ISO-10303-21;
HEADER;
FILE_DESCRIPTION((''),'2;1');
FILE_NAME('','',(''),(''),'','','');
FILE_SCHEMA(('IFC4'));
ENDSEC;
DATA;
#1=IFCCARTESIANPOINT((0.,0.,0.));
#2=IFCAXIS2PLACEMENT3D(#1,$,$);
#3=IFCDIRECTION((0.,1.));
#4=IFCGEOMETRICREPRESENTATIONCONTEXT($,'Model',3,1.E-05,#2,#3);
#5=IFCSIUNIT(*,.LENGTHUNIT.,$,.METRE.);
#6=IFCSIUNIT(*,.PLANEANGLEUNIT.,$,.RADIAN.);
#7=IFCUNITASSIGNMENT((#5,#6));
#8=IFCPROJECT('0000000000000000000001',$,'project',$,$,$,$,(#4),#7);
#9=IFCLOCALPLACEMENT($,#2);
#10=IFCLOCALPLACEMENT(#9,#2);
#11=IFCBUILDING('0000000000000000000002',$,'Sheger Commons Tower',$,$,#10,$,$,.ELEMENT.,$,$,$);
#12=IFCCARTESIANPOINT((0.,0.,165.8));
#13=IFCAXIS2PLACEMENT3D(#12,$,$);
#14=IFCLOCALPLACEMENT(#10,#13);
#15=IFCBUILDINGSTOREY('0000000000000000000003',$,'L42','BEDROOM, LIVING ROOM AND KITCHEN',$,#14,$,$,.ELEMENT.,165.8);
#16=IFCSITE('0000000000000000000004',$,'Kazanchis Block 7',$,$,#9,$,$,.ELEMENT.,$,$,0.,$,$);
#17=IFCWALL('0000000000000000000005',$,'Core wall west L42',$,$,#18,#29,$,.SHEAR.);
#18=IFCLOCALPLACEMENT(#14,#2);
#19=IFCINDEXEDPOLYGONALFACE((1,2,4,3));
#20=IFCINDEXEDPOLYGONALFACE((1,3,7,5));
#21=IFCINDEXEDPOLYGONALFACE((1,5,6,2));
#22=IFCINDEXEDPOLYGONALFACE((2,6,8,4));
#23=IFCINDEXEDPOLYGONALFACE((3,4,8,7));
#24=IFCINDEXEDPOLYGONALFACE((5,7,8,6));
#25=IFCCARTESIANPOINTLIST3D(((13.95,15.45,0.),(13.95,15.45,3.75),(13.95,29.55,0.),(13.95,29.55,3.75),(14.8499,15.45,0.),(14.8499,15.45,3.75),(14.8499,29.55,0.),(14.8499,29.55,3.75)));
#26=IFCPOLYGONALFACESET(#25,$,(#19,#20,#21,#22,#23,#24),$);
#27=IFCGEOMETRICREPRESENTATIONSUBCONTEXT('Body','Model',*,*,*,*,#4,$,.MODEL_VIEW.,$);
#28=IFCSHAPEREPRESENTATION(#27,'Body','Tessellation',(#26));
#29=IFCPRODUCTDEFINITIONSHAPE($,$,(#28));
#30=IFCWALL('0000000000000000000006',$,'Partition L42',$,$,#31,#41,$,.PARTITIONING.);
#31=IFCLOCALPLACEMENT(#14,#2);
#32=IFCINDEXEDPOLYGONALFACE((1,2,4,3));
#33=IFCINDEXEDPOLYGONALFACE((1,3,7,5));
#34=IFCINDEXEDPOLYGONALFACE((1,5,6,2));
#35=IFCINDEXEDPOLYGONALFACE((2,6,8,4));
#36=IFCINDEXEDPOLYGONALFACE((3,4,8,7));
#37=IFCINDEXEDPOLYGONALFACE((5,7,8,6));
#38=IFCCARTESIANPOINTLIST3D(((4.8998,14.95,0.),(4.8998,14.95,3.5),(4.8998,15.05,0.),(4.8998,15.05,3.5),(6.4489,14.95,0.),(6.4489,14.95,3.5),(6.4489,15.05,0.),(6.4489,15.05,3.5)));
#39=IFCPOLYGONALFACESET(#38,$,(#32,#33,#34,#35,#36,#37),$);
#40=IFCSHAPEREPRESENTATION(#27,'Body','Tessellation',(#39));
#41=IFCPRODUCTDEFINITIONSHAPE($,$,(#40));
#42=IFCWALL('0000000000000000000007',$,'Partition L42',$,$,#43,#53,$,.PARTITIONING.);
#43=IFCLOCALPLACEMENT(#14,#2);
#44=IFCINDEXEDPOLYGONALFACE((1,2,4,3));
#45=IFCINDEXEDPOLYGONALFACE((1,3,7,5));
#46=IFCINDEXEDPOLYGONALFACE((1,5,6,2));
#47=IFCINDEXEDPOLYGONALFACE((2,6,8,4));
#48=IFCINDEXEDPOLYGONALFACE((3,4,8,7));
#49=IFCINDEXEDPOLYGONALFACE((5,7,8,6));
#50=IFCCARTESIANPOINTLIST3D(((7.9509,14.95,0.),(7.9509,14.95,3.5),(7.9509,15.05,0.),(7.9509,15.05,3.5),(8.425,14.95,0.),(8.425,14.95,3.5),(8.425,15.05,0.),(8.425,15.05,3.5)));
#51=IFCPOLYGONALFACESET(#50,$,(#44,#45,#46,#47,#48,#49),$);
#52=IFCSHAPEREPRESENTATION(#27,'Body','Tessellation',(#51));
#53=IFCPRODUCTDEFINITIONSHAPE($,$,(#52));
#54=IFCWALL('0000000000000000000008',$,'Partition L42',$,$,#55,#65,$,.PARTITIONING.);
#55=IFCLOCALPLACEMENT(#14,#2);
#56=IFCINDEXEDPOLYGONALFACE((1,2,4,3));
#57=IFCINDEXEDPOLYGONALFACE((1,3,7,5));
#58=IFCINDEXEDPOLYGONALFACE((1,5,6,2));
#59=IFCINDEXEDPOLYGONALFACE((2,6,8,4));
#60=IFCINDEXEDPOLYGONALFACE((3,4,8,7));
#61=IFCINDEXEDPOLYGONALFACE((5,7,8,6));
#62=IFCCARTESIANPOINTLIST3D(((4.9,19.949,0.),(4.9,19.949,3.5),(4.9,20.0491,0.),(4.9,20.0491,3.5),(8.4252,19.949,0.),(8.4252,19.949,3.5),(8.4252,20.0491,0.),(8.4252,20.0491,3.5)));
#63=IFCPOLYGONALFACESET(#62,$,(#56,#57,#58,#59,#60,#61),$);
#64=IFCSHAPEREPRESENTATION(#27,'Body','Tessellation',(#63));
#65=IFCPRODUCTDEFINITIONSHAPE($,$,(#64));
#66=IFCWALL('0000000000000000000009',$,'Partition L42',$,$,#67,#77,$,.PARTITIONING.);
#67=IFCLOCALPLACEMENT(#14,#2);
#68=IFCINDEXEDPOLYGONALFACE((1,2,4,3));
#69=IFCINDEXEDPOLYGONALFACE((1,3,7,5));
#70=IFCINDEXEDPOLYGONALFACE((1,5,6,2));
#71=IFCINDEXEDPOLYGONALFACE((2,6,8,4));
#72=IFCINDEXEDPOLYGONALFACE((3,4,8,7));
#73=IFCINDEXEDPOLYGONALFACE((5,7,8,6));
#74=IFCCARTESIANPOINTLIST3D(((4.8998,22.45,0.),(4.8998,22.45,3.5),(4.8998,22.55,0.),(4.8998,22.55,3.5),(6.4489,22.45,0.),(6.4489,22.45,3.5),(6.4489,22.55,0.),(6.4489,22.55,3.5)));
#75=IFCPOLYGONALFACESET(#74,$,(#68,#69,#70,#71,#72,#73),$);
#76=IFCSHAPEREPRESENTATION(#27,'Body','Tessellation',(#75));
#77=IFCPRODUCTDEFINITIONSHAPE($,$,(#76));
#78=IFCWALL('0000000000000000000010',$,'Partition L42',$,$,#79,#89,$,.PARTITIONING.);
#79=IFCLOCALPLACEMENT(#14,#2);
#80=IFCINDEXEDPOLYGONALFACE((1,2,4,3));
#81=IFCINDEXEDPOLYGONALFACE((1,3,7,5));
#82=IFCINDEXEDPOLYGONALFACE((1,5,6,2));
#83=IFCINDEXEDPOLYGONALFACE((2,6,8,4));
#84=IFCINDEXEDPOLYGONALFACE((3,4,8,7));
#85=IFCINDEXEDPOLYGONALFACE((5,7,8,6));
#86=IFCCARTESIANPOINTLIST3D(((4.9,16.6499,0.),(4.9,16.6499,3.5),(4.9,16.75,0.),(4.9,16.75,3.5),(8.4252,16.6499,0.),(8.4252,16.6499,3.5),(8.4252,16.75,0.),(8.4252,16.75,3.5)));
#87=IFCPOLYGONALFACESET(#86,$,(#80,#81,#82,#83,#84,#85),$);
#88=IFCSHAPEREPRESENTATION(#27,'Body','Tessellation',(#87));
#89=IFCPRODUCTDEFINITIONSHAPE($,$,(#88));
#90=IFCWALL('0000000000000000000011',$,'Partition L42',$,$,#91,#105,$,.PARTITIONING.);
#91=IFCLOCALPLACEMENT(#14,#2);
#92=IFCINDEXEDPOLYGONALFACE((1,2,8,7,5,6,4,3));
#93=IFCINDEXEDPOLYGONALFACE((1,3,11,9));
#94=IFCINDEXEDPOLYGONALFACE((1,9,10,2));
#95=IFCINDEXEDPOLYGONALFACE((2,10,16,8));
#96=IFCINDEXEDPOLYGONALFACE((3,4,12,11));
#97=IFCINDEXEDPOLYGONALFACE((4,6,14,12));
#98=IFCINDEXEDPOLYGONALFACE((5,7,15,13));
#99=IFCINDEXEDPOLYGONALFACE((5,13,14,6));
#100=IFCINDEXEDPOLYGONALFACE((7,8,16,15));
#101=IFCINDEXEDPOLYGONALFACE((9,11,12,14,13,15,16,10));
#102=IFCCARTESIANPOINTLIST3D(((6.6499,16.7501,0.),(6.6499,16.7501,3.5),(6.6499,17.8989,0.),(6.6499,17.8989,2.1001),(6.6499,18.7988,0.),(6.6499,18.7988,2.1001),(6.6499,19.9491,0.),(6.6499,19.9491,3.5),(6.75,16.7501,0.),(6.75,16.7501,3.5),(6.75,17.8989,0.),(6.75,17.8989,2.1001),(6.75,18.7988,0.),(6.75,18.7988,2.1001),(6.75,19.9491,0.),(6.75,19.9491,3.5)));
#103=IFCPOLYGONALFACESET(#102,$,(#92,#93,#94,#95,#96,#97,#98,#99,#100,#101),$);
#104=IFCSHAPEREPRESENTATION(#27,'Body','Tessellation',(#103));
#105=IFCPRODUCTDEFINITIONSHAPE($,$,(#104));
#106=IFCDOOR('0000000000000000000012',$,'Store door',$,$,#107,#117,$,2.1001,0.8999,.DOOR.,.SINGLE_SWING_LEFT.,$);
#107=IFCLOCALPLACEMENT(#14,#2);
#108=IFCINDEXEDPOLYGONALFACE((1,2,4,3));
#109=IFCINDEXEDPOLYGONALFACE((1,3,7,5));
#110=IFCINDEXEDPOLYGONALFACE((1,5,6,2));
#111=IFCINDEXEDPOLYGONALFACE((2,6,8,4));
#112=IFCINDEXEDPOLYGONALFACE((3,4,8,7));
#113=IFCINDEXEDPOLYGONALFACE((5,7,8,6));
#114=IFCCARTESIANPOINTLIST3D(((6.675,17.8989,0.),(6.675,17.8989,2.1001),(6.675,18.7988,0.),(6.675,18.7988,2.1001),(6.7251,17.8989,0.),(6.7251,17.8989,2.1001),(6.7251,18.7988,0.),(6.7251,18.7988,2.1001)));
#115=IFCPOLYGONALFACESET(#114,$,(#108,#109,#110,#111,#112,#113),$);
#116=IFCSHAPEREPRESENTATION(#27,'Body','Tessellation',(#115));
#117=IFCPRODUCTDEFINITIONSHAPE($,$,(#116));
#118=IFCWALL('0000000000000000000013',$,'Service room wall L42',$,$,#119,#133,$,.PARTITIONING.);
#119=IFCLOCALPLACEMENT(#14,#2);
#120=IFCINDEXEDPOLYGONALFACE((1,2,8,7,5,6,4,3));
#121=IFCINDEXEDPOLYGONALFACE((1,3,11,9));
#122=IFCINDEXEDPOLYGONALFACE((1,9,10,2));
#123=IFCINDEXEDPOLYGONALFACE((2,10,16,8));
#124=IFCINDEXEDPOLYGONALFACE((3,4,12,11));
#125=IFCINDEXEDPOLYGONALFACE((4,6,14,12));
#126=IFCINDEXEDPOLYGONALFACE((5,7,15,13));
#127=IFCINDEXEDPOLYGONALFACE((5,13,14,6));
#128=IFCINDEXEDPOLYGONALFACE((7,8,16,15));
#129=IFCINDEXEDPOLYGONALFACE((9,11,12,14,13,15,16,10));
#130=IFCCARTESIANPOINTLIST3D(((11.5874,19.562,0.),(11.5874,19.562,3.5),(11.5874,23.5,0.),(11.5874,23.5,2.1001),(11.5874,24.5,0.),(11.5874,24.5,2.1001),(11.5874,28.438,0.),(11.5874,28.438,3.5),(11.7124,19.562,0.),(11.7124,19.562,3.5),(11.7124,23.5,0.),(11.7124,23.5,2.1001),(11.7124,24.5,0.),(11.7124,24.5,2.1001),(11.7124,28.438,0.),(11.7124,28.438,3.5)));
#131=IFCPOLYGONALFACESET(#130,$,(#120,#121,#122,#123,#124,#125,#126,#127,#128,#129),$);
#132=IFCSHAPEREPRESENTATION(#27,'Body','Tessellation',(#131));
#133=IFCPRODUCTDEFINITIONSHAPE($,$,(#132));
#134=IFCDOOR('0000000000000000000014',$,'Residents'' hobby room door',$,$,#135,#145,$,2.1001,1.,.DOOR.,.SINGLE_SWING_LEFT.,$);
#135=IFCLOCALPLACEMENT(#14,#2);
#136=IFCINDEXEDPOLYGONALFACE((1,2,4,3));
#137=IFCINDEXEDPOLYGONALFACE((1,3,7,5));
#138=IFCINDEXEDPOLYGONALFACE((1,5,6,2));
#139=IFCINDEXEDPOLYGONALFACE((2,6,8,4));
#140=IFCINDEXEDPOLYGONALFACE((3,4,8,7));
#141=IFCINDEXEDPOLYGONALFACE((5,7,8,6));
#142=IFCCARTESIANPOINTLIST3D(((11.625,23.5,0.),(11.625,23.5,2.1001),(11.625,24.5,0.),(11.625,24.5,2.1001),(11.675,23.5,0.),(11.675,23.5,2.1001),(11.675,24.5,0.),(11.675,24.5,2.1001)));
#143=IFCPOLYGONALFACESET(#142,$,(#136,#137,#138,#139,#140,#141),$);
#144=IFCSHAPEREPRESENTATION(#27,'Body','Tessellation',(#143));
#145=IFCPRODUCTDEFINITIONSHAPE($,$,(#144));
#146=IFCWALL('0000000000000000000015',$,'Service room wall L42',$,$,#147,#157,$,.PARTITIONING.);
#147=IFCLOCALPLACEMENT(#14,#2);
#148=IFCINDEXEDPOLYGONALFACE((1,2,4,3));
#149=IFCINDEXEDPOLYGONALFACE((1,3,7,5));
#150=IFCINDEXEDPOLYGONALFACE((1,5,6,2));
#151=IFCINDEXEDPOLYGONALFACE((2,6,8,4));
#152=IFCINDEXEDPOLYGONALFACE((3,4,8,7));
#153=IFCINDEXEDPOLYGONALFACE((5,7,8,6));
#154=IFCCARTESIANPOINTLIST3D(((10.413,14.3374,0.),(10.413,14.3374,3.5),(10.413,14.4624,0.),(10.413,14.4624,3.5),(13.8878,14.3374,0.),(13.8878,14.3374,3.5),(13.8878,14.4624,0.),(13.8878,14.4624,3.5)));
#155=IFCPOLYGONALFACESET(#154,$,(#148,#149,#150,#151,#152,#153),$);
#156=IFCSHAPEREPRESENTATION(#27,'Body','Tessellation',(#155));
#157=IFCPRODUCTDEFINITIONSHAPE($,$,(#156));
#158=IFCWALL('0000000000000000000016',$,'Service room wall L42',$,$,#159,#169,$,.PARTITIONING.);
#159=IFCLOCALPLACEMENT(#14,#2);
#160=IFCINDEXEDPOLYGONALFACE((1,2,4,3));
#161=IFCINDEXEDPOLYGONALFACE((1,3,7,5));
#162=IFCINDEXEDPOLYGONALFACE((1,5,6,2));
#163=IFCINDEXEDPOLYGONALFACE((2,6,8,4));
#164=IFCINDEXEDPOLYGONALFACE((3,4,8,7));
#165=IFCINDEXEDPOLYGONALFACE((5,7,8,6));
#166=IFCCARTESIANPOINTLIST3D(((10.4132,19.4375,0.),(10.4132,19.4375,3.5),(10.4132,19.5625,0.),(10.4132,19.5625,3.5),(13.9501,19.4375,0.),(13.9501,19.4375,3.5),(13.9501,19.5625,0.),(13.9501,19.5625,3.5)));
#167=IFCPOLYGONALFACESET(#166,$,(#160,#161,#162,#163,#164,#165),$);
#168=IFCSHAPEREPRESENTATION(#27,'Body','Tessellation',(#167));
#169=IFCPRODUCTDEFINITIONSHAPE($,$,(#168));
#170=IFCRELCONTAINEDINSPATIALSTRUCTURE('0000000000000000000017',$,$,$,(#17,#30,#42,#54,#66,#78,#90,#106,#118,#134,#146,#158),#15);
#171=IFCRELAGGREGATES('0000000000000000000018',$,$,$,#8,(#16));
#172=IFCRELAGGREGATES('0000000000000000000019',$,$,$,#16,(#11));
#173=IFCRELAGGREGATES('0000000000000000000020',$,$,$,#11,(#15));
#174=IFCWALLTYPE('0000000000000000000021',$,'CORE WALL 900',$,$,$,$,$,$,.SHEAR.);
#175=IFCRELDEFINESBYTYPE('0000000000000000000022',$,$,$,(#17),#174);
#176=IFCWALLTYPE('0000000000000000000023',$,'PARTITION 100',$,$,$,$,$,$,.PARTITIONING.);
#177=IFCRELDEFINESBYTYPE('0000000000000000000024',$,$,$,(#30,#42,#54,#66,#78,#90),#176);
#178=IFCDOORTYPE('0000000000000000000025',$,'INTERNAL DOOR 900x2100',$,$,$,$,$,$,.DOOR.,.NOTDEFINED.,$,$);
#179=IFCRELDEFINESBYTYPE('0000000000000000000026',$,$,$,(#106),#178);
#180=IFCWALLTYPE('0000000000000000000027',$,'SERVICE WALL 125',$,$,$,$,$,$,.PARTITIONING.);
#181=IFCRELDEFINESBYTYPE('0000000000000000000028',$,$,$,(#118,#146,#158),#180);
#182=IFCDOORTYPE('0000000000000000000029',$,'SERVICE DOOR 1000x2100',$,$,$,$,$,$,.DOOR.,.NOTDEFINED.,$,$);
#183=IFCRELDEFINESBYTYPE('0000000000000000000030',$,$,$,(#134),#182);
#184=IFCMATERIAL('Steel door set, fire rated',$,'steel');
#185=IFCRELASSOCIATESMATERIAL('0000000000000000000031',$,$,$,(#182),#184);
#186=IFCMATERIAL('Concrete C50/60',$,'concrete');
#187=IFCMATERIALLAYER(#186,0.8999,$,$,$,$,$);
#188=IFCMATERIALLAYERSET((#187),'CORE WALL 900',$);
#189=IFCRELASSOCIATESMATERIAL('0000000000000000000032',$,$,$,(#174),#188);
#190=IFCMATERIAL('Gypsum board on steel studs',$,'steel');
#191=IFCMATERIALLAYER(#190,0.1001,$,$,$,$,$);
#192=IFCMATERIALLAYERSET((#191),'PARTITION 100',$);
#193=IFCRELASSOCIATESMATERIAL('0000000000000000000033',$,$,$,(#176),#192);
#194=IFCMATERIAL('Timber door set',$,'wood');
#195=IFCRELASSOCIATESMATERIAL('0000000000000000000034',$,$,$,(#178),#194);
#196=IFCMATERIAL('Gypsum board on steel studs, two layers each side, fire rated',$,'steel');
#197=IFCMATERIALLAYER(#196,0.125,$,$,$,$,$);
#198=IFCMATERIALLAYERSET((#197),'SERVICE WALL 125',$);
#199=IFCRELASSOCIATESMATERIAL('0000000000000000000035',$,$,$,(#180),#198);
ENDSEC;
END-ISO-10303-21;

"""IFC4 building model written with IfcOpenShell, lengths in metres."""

from ifc_helpers import new_model, si_unit, direction, frame, frame_2d, origin, place, context, subcontext, project, spatial, rectangle, extrude, material, layer, layer_set, type_object, element, fill, save


model = new_model("IFC4")

# Units and contexts
model_context = context("Model", 3, precision=1e-05, world=origin(), true_north=direction((0.0, 1.0)))
body_context = subcontext(model_context, "Body", "Model", "MODEL_VIEW")
ifc_project = project(units=[si_unit("LENGTHUNIT", "METRE"), si_unit("PLANEANGLEUNIT", "RADIAN")], contexts=[model_context])

# Site, building, storey
site_placement = place(None, origin())
site = spatial("IfcSite", under=ifc_project, at=site_placement, Name="Kazanchis Block 7", CompositionType="ELEMENT", RefElevation=0.0)
building_placement = place(site_placement, origin())
building = spatial("IfcBuilding", under=site, at=building_placement, Name="Sheger Commons Tower", CompositionType="ELEMENT")
storey_placement = place(building_placement, frame((0.0, 0.0, 165.8)))
storey = spatial("IfcBuildingStorey", under=building, at=storey_placement, Name="L42", Description="BEDROOM, LIVING ROOM AND KITCHEN", CompositionType="ELEMENT", Elevation=165.8)

# Shared definitions
ifc_material_1 = material(Name="Steel door set, fire rated", Category="steel")
door_type_1 = type_object("IfcDoorType", Name="SERVICE DOOR 1000x2100", OperationType="NOTDEFINED", PredefinedType="DOOR", material=ifc_material_1)
ifc_material_2 = material(Name="Concrete C50/60", Category="concrete")
ifc_layer_1 = layer(ifc_material_2, 0.8999)
ifc_layer_set_1 = layer_set([ifc_layer_1], Name="CORE WALL 900")
wall_type_1 = type_object("IfcWallType", Name="CORE WALL 900", PredefinedType="SHEAR", material=ifc_layer_set_1)

# Walls
wall_1_placement = place(storey_placement, frame((14.3999, 15.45, 0.0), z_axis=(0.0, 0.0, 1.0), x_axis=(0.0, 1.0, 0.0)))
element("IfcWall", 1, at=wall_1_placement, inside=storey, type_object=wall_type_1, Name="Core wall west L42", PredefinedType="SHEAR", context=body_context, shape_type="SweptSolid", body=[
    extrude(rectangle(XDim=14.1001, YDim=0.8999, at=frame_2d((7.05, 0.0))), origin(), (0.0, 0.0, 1.0), 3.75),
])
ifc_material_3 = material(Name="Gypsum board on steel studs", Category="steel")
ifc_layer_2 = layer(ifc_material_3, 0.1001)
ifc_layer_set_2 = layer_set([ifc_layer_2], Name="PARTITION 100")
wall_type_2 = type_object("IfcWallType", Name="PARTITION 100", PredefinedType="PARTITIONING", material=ifc_layer_set_2)
wall_2_placement = place(storey_placement, frame((4.8999, 15.0, 0.0), z_axis=(0.0, 0.0, 1.0), x_axis=(1.0, 0.0, 0.0)))
element("IfcWall", 2, at=wall_2_placement, inside=storey, type_object=wall_type_2, Name="Partition L42", PredefinedType="PARTITIONING", context=body_context, shape_type="SweptSolid", body=[
    extrude(rectangle(XDim=1.5491, YDim=0.1001, at=frame_2d((0.7744, 0.0))), origin(), (0.0, 0.0, 1.0), 3.5),
])
wall_3_placement = place(storey_placement, frame((7.9509, 15.0, 0.0), z_axis=(0.0, 0.0, 1.0), x_axis=(1.0, 0.0, 0.0)))
element("IfcWall", 3, at=wall_3_placement, inside=storey, type_object=wall_type_2, Name="Partition L42", PredefinedType="PARTITIONING", context=body_context, shape_type="SweptSolid", body=[
    extrude(rectangle(XDim=0.4741, YDim=0.1001, at=frame_2d((0.2371, 0.0))), origin(), (0.0, 0.0, 1.0), 3.5),
])
wall_4_placement = place(storey_placement, frame((4.8999, 19.999, 0.0), z_axis=(0.0, 0.0, 1.0), x_axis=(1.0, 0.0, 0.0)))
element("IfcWall", 4, at=wall_4_placement, inside=storey, type_object=wall_type_2, Name="Partition L42", PredefinedType="PARTITIONING", context=body_context, shape_type="SweptSolid", body=[
    extrude(rectangle(XDim=3.5251, YDim=0.1001, at=frame_2d((1.7627, 0.0))), origin(), (0.0, 0.0, 1.0), 3.5),
])
wall_5_placement = place(storey_placement, frame((4.8999, 22.5, 0.0), z_axis=(0.0, 0.0, 1.0), x_axis=(1.0, 0.0, 0.0)))
element("IfcWall", 5, at=wall_5_placement, inside=storey, type_object=wall_type_2, Name="Partition L42", PredefinedType="PARTITIONING", context=body_context, shape_type="SweptSolid", body=[
    extrude(rectangle(XDim=1.5491, YDim=0.1001, at=frame_2d((0.7744, 0.0))), origin(), (0.0, 0.0, 1.0), 3.5),
])
wall_6_placement = place(storey_placement, frame((4.8999, 16.7, 0.0), z_axis=(0.0, 0.0, 1.0), x_axis=(1.0, 0.0, 0.0)))
element("IfcWall", 6, at=wall_6_placement, inside=storey, type_object=wall_type_2, Name="Partition L42", PredefinedType="PARTITIONING", context=body_context, shape_type="SweptSolid", body=[
    extrude(rectangle(XDim=3.5251, YDim=0.1001, at=frame_2d((1.7627, 0.0))), origin(), (0.0, 0.0, 1.0), 3.5),
])

# Walls, openings, doors
wall_7_placement = place(storey_placement, frame((6.7, 16.75, 0.0), z_axis=(0.0, 0.0, 1.0), x_axis=(0.0, 1.0, 0.0)))
wall_7 = element("IfcWall", 7, at=wall_7_placement, inside=storey, type_object=wall_type_2, Name="Partition L42", PredefinedType="PARTITIONING", context=body_context, shape_type="SweptSolid", body=[
    extrude(rectangle(XDim=3.199, YDim=0.1001, at=frame_2d((1.5996, 0.0))), origin(), (0.0, 0.0, 1.0), 3.5),
])
opening_1_placement = place(wall_7_placement, frame((1.1489, 0.0, 0.0)))
opening_1 = element("IfcOpeningElement", 8, at=opening_1_placement, cuts=wall_7, PredefinedType="OPENING", context=body_context, shape_type="SweptSolid", body=[
    extrude(rectangle(XDim=0.8999, YDim=2.1001, at=frame_2d((0.45, 1.05))), frame((0.0, 0.0601, 0.0), z_axis=(0.0, -1.0, 0.0), x_axis=(1.0, 0.0, 0.0)), (0.0, 0.0, 1.0), 0.1201),
])
ifc_material_4 = material(Name="Timber door set", Category="wood")
door_type_2 = type_object("IfcDoorType", Name="INTERNAL DOOR 900x2100", OperationType="NOTDEFINED", PredefinedType="DOOR", material=ifc_material_4)
door_1_placement = place(opening_1_placement, origin())
door_1 = element("IfcDoor", 9, at=door_1_placement, inside=storey, type_object=door_type_2, Name="Store door", OperationType="SINGLE_SWING_LEFT", OverallHeight=2.1001, OverallWidth=0.8999, PredefinedType="DOOR", context=body_context, shape_type="SweptSolid", body=[
    extrude(rectangle(XDim=0.8999, YDim=2.1001, at=frame_2d((0.45, 1.05))), frame((0.0, 0.0249, 0.0), z_axis=(0.0, -1.0, 0.0), x_axis=(1.0, 0.0, 0.0)), (0.0, 0.0, 1.0), 0.05),
])
fill(opening_1, door_1)
ifc_material_5 = material(Name="Gypsum board on steel studs, two layers each side, fire rated", Category="steel")
ifc_layer_3 = layer(ifc_material_5, 0.125)
ifc_layer_set_3 = layer_set([ifc_layer_3], Name="SERVICE WALL 125")
wall_type_3 = type_object("IfcWallType", Name="SERVICE WALL 125", PredefinedType="PARTITIONING", material=ifc_layer_set_3)
wall_8_placement = place(storey_placement, frame((11.6499, 19.562, 0.0), z_axis=(0.0, 0.0, 1.0), x_axis=(0.0, 1.0, 0.0)))
wall_8 = element("IfcWall", 10, at=wall_8_placement, inside=storey, type_object=wall_type_3, Name="Service room wall L42", PredefinedType="PARTITIONING", context=body_context, shape_type="SweptSolid", body=[
    extrude(rectangle(XDim=8.876, YDim=0.125, at=frame_2d((4.438, 0.0))), origin(), (0.0, 0.0, 1.0), 3.5),
])
opening_2_placement = place(wall_8_placement, frame((3.938, 0.0, 0.0)))
opening_2 = element("IfcOpeningElement", 11, at=opening_2_placement, cuts=wall_8, PredefinedType="OPENING", context=body_context, shape_type="SweptSolid", body=[
    extrude(rectangle(XDim=1.0, YDim=2.1001, at=frame_2d((0.5, 1.05))), frame((0.0, 0.0725, 0.0), z_axis=(0.0, -1.0, 0.0), x_axis=(1.0, 0.0, 0.0)), (0.0, 0.0, 1.0), 0.145),
])
door_2_placement = place(opening_2_placement, origin())
door_2 = element("IfcDoor", 12, at=door_2_placement, inside=storey, type_object=door_type_1, Name="Residents' hobby room door", OperationType="SINGLE_SWING_LEFT", OverallHeight=2.1001, OverallWidth=1.0, PredefinedType="DOOR", context=body_context, shape_type="SweptSolid", body=[
    extrude(rectangle(XDim=1.0, YDim=2.1001, at=frame_2d((0.5, 1.05))), frame((0.0, 0.0249, 0.0), z_axis=(0.0, -1.0, 0.0), x_axis=(1.0, 0.0, 0.0)), (0.0, 0.0, 1.0), 0.05),
])
fill(opening_2, door_2)

# Walls
wall_9_placement = place(storey_placement, frame((10.4131, 14.3999, 0.0), z_axis=(0.0, 0.0, 1.0), x_axis=(1.0, 0.0, 0.0)))
element("IfcWall", 13, at=wall_9_placement, inside=storey, type_object=wall_type_3, Name="Service room wall L42", PredefinedType="PARTITIONING", context=body_context, shape_type="SweptSolid", body=[
    extrude(rectangle(XDim=3.4749, YDim=0.125, at=frame_2d((1.7373, 0.0))), origin(), (0.0, 0.0, 1.0), 3.5),
])
wall_10_placement = place(storey_placement, frame((10.4131, 19.5, 0.0), z_axis=(0.0, 0.0, 1.0), x_axis=(1.0, 0.0, 0.0)))
element("IfcWall", 14, at=wall_10_placement, inside=storey, type_object=wall_type_3, Name="Service room wall L42", PredefinedType="PARTITIONING", context=body_context, shape_type="SweptSolid", body=[
    extrude(rectangle(XDim=3.5369, YDim=0.125, at=frame_2d((1.7686, 0.0))), origin(), (0.0, 0.0, 1.0), 3.5),
])

save(model, "model.ifc")
